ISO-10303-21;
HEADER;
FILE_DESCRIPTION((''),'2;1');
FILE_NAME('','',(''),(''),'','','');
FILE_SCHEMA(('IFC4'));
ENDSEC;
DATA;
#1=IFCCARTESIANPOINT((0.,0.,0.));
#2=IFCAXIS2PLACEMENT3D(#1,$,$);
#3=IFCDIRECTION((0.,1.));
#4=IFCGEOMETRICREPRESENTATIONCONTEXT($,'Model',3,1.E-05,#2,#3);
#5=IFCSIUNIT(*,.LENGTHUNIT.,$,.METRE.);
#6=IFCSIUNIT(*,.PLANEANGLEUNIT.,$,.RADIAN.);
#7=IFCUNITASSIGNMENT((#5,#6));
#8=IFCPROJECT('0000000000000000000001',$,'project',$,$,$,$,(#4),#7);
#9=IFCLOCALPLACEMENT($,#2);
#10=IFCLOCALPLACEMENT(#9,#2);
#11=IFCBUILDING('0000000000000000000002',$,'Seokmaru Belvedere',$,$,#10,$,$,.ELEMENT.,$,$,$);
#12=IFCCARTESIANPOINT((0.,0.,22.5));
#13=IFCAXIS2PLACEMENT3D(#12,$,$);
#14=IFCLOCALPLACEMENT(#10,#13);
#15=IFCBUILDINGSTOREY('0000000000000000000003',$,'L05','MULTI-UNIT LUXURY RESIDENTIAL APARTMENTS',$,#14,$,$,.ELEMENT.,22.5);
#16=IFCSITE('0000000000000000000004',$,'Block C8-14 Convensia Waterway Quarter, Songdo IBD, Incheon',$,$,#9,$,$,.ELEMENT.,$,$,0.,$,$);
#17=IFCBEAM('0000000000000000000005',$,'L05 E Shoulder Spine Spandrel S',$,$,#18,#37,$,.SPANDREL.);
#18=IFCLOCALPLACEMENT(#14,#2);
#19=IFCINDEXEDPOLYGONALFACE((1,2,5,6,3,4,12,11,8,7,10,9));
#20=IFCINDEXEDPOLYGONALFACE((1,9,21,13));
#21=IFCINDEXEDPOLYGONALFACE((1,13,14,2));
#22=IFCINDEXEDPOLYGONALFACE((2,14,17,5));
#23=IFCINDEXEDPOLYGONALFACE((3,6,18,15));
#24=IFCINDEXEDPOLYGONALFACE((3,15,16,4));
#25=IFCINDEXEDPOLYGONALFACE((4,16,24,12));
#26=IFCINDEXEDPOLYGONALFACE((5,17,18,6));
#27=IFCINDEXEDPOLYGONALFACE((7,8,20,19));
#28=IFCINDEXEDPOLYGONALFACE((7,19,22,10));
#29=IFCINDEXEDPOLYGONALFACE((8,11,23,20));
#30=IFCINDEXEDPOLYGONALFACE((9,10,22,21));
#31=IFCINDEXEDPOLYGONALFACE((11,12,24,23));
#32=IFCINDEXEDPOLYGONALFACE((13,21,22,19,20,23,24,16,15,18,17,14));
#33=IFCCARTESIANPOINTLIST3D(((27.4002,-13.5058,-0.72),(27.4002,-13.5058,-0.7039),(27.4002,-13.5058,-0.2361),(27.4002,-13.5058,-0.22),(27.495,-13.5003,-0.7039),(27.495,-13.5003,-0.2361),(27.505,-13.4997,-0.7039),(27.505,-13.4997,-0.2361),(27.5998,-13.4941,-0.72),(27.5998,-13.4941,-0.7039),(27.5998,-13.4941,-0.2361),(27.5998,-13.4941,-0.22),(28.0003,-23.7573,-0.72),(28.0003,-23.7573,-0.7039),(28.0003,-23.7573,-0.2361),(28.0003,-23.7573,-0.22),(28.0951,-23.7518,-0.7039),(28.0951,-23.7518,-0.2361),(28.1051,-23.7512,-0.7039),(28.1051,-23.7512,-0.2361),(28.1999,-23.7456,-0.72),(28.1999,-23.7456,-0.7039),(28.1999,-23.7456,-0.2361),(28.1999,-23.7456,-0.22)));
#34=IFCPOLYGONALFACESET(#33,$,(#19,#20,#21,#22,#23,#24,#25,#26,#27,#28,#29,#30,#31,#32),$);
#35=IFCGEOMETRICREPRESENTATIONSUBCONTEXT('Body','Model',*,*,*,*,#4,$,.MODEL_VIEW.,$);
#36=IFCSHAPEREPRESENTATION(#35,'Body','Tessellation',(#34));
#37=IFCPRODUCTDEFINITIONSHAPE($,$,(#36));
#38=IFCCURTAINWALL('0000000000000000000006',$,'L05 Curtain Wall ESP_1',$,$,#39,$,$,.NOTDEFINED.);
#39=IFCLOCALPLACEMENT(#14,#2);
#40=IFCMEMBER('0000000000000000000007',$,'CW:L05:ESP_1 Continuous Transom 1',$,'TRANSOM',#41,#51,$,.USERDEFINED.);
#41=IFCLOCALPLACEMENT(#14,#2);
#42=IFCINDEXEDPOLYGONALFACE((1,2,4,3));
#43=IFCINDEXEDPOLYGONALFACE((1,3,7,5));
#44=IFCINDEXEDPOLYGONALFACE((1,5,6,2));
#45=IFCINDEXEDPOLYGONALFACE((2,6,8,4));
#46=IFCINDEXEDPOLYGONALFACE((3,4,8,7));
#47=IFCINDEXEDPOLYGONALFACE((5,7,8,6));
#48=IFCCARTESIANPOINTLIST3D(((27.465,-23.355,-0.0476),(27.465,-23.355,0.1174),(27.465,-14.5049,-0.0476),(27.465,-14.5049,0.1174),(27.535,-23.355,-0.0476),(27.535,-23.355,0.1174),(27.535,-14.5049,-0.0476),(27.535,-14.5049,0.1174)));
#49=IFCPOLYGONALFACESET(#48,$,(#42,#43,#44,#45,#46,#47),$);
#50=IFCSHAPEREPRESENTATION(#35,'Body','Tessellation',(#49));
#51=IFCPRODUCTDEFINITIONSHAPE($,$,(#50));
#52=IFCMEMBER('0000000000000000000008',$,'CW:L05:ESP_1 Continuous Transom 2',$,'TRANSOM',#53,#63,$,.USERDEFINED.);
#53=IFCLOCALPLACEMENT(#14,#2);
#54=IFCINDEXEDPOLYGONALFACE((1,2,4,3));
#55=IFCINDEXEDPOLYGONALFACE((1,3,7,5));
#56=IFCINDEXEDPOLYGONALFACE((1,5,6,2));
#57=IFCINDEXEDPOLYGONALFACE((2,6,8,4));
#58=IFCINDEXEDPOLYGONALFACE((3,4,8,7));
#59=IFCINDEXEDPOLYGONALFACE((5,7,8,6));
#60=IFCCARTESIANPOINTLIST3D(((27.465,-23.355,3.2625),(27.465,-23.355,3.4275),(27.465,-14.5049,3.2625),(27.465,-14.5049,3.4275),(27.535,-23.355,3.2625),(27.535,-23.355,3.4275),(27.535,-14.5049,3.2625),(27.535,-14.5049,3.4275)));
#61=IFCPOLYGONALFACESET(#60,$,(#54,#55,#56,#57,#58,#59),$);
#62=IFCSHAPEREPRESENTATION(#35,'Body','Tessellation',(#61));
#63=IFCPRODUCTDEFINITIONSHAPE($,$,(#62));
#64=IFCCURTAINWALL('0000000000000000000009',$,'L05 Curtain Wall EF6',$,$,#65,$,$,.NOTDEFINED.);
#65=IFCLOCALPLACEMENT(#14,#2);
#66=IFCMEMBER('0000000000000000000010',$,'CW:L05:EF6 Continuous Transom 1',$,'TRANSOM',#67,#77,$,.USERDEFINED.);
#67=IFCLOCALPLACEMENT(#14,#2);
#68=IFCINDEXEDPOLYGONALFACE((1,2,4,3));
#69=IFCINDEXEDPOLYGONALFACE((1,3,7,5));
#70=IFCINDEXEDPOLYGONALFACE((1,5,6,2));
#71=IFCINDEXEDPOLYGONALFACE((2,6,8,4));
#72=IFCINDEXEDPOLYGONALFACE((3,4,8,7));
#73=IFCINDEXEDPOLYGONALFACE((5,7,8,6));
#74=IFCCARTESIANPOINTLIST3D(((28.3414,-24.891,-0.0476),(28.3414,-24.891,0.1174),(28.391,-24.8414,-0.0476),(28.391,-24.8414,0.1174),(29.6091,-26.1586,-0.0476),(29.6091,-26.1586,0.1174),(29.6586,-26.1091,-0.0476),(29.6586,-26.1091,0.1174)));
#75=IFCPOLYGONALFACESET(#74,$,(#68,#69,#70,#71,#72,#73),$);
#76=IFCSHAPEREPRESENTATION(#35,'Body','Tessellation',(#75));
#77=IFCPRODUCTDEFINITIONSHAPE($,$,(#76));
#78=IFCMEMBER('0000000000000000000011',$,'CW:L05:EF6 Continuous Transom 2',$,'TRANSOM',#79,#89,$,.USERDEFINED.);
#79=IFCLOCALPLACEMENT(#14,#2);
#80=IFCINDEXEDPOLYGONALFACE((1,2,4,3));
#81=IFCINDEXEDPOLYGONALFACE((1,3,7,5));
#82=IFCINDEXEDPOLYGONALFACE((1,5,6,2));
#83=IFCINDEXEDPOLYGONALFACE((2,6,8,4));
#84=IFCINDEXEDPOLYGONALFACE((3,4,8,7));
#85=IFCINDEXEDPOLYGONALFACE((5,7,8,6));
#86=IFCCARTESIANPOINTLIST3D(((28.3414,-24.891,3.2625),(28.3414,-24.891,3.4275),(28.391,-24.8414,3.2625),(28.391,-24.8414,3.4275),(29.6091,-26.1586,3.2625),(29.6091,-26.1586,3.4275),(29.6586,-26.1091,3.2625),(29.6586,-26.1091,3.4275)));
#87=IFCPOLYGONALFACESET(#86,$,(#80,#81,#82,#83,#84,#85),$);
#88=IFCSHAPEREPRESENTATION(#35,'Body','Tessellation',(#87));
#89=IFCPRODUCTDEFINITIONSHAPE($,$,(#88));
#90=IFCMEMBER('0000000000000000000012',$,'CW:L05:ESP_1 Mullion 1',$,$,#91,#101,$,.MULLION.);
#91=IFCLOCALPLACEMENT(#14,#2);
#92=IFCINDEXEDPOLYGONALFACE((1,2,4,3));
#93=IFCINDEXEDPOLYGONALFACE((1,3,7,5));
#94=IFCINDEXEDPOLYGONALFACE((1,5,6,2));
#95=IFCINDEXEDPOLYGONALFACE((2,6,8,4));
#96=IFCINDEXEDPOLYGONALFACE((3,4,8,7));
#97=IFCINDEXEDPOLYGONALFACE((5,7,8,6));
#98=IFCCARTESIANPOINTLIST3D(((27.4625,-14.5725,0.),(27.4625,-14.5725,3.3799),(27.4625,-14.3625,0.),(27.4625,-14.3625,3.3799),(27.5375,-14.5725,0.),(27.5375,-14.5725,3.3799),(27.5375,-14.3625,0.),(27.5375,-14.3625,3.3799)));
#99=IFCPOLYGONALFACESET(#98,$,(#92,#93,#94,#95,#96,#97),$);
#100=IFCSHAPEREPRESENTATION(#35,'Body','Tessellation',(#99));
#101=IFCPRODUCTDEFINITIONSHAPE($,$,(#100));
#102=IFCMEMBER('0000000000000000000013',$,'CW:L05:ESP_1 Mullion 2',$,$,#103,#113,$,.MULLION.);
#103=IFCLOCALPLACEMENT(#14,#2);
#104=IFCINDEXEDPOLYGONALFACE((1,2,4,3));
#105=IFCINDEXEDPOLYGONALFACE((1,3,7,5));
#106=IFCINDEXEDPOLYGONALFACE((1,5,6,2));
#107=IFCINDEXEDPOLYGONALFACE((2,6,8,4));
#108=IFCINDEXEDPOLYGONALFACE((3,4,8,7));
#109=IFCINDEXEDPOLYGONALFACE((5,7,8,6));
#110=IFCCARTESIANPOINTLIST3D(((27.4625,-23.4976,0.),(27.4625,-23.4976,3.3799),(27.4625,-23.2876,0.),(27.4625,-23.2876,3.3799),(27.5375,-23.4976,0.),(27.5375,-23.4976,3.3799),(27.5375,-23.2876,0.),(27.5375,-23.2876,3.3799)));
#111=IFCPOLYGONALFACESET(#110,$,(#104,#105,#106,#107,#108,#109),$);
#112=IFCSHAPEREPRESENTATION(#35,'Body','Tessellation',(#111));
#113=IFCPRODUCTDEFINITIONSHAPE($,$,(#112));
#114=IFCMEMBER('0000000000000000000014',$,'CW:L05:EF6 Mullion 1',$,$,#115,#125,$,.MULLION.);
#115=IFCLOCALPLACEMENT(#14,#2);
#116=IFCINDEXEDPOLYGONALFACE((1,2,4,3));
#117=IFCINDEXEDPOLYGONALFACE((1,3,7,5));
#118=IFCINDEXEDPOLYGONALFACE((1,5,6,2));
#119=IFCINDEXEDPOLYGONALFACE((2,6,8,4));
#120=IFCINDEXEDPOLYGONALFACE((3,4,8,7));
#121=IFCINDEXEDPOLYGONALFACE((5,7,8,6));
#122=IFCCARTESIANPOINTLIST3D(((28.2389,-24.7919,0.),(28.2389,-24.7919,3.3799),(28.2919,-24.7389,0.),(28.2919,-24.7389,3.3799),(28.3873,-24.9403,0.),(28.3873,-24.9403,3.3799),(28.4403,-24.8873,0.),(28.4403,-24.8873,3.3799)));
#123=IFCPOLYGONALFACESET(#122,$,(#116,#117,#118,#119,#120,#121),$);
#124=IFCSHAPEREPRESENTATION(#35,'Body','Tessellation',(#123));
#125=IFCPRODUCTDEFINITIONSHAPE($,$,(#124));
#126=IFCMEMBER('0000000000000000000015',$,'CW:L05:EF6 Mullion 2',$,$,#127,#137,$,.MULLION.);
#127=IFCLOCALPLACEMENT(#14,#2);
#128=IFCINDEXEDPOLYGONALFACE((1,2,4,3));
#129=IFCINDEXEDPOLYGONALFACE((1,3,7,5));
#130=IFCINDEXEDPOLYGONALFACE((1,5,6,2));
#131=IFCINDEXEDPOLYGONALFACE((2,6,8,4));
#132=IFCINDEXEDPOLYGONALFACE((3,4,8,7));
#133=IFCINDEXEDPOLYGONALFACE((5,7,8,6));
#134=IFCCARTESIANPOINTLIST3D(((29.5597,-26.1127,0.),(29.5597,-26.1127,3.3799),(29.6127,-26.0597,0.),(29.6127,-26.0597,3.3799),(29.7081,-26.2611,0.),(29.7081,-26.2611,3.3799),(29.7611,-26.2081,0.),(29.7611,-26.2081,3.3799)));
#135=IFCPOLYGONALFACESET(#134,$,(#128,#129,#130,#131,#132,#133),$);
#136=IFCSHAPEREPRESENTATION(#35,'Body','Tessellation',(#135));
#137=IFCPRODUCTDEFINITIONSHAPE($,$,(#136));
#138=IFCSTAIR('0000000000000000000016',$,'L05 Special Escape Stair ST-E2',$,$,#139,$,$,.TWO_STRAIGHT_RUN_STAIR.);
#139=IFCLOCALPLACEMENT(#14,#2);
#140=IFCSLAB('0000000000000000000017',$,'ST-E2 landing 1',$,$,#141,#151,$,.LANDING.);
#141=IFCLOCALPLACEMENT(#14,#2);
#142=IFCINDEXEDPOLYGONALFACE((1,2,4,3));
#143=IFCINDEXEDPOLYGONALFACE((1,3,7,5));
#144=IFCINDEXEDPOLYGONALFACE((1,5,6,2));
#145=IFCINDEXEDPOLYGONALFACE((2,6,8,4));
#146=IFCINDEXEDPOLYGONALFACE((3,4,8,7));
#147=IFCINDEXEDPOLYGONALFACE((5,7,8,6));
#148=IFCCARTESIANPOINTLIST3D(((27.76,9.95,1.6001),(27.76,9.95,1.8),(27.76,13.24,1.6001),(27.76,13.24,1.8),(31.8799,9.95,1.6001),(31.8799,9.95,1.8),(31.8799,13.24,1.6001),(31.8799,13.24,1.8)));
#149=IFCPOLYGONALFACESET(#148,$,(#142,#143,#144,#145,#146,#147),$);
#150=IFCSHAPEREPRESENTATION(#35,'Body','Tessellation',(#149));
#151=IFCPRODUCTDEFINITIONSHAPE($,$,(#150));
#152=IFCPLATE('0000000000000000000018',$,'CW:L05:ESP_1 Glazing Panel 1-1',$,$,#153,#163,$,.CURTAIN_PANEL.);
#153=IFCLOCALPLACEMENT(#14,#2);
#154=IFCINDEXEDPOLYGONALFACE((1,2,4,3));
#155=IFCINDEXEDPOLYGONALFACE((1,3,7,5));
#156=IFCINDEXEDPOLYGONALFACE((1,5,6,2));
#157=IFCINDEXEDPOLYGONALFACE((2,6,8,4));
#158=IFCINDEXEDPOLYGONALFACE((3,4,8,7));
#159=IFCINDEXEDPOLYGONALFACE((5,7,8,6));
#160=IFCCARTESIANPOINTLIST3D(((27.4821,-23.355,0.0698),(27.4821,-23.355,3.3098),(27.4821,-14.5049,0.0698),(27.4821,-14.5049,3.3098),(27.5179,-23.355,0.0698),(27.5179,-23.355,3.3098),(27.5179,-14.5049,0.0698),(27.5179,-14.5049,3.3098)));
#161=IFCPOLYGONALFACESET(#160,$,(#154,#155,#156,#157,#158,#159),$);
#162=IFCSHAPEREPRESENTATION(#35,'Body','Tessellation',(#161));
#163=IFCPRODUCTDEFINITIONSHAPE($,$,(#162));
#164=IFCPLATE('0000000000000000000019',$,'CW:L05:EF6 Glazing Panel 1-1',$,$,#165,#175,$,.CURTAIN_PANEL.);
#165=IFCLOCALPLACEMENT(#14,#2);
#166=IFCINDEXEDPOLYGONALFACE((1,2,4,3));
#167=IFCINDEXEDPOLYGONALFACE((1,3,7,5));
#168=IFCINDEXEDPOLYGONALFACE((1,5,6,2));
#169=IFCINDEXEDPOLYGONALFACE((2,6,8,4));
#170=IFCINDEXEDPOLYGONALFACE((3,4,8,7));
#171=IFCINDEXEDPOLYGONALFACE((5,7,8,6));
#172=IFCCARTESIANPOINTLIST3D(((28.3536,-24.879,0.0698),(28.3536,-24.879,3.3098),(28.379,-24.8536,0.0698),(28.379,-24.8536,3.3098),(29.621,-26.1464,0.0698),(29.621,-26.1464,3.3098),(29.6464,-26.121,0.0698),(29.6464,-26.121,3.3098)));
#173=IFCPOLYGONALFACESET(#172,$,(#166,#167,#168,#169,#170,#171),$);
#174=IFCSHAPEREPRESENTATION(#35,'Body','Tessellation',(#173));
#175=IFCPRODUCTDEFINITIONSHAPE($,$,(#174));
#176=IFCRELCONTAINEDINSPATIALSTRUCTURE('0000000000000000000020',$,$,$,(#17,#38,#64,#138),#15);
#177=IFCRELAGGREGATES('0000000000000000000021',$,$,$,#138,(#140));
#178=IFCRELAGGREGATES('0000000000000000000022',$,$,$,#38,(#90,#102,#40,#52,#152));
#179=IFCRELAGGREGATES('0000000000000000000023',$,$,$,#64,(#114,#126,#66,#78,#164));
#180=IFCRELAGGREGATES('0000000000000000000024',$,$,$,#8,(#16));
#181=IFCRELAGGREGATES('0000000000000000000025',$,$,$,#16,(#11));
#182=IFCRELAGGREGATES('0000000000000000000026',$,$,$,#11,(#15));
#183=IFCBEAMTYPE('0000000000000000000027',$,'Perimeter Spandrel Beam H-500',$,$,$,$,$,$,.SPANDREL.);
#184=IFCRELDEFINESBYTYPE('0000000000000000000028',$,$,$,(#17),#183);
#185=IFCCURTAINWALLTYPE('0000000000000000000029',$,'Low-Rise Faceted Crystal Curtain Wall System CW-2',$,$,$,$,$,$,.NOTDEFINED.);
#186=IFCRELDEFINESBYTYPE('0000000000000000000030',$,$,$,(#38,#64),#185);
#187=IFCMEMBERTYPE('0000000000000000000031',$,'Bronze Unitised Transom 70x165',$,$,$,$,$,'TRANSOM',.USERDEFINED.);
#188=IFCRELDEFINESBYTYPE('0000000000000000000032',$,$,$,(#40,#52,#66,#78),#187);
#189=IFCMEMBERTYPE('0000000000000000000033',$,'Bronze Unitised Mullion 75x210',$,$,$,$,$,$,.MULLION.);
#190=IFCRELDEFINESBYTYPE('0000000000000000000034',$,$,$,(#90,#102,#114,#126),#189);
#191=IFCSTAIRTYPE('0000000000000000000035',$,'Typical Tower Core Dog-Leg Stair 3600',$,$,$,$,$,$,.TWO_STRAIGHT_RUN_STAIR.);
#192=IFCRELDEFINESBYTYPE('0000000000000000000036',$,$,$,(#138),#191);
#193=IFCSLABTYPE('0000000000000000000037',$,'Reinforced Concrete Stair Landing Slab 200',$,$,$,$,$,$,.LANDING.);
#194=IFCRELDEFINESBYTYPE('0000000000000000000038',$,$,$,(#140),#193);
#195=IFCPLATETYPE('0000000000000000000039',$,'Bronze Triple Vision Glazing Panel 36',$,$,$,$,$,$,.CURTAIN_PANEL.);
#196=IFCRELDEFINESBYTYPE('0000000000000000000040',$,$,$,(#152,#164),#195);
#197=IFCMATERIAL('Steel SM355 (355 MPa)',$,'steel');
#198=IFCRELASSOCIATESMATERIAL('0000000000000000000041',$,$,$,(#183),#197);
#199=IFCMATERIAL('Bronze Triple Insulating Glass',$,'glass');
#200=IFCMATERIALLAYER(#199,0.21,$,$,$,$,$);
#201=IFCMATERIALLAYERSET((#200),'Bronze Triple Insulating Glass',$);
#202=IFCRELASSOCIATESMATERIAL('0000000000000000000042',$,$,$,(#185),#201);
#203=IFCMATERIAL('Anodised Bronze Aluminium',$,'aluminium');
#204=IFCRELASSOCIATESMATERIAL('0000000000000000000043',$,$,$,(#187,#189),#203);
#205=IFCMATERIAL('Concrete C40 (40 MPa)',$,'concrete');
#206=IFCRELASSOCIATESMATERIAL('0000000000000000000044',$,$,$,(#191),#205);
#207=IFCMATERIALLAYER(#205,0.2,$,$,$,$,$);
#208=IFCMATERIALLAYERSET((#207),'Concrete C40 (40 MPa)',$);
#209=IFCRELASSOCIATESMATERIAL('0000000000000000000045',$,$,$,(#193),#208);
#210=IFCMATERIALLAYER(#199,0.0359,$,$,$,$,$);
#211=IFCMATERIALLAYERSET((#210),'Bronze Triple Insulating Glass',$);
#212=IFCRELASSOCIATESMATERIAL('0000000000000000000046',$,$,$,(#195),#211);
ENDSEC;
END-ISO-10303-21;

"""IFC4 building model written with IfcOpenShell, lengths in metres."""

from ifc_helpers import new_model, si_unit, direction, frame, origin, origin_2d, place, context, subcontext, project, spatial, polyline, rectangle, i_section, outline, extrude, source, transform, mapped, material, layer, layer_set, material_profile, profile_set, type_object, type_shapes, element, aggregate, save


model = new_model("IFC4")

# Units and contexts
model_context = context("Model", 3, precision=1e-05, world=origin(), true_north=direction((0.0, 1.0)))
body_context = subcontext(model_context, "Body", "Model", "MODEL_VIEW")
ifc_project = project(units=[si_unit("LENGTHUNIT", "METRE"), si_unit("PLANEANGLEUNIT", "RADIAN")], contexts=[model_context])

# Site, building, storey
site_placement = place(None, origin())
site = spatial("IfcSite", under=ifc_project, at=site_placement, Name="Block C8-14 Convensia Waterway Quarter, Songdo IBD, Incheon", CompositionType="ELEMENT", RefElevation=0.0)
building_placement = place(site_placement, origin())
building = spatial("IfcBuilding", under=site, at=building_placement, Name="Seokmaru Belvedere", CompositionType="ELEMENT")
storey_placement = place(building_placement, frame((0.0, 0.0, 22.5)))
storey = spatial("IfcBuildingStorey", under=building, at=storey_placement, Name="L05", Description="MULTI-UNIT LUXURY RESIDENTIAL APARTMENTS", CompositionType="ELEMENT", Elevation=22.5)

# Shared definitions
ifc_material_1 = material(Name="Steel SM355 (355 MPa)", Category="steel")

# Beam
ifc_material_profile_1 = material_profile(ifc_material_1, i_section(OverallWidth=0.2, OverallDepth=0.5, WebThickness=0.01, FlangeThickness=0.0161, at=origin_2d()), Name="H-500x200x10x16")
ifc_profile_set_1 = profile_set([ifc_material_profile_1], Name="Steel SM355 (355 MPa)")
beam_type_1 = type_object("IfcBeamType", Name="Perimeter Spandrel Beam H-500", PredefinedType="SPANDREL", material=ifc_profile_set_1)
shared_shape_1 = source(origin(), body_context, "Body", "SweptSolid", [
    extrude(i_section(OverallWidth=0.2, OverallDepth=0.5, WebThickness=0.01, FlangeThickness=0.0161, at=origin_2d()), origin(), (0.0, 0.0, 1.0), 10.269),
])
beam_1_placement = place(storey_placement, frame((28.1001, -23.7515, -0.47), z_axis=(-0.058438, 0.998291, 0.0), x_axis=(-0.998291, -0.058438, 0.0)))
element("IfcBeam", 1, at=beam_1_placement, inside=storey, type_object=beam_type_1, Name="L05 E Shoulder Spine Spandrel S", PredefinedType="SPANDREL", context=body_context, shape_type="MappedRepresentation", body=[
    mapped(shared_shape_1, transform((0.0, 0.0, 0.0), scale=1.0)),
])

# Curtain walls, members
ifc_material_2 = material(Name="Bronze Triple Insulating Glass", Category="glass")
ifc_layer_1 = layer(ifc_material_2, 0.21)
ifc_layer_set_1 = layer_set([ifc_layer_1], Name="Bronze Triple Insulating Glass")
curtain_wall_type = type_object("IfcCurtainWallType", Name="Low-Rise Faceted Crystal Curtain Wall System CW-2", PredefinedType="NOTDEFINED", material=ifc_layer_set_1)
curtain_wall_1_placement = place(storey_placement, origin())
curtain_wall_1 = element("IfcCurtainWall", 2, at=curtain_wall_1_placement, inside=storey, type_object=curtain_wall_type, Name="L05 Curtain Wall ESP_1", PredefinedType="NOTDEFINED")
ifc_material_3 = material(Name="Anodised Bronze Aluminium", Category="aluminium")
ifc_material_profile_2 = material_profile(ifc_material_3, rectangle(XDim=0.0701, YDim=0.165, at=origin_2d()), Name="CW-T-70x165")
ifc_profile_set_2 = profile_set([ifc_material_profile_2], Name="Anodised Bronze Aluminium")
member_type_1 = type_object("IfcMemberType", Name="Bronze Unitised Transom 70x165", ElementType="TRANSOM", PredefinedType="USERDEFINED", material=ifc_profile_set_2)
shared_shape_2 = source(origin(), body_context, "Body", "SweptSolid", [
    extrude(rectangle(XDim=0.0701, YDim=0.165, at=origin_2d()), origin(), (0.0, 0.0, 1.0), 8.8501),
])
member_1_placement = place(storey_placement, frame((27.5, -14.5049, 0.0349), z_axis=(0.0, -1.0, 0.0), x_axis=(1.0, 0.0, 0.0)))
member_1 = element("IfcMember", 3, at=member_1_placement, type_object=member_type_1, Name="CW:L05:ESP_1 Continuous Transom 1", ObjectType="TRANSOM", PredefinedType="USERDEFINED", context=body_context, shape_type="MappedRepresentation", body=[
    mapped(shared_shape_2, transform((0.0, 0.0, 0.0), scale=1.0)),
])
member_2_placement = place(storey_placement, frame((27.5, -14.5049, 3.345), z_axis=(0.0, -1.0, 0.0), x_axis=(1.0, 0.0, 0.0)))
member_2 = element("IfcMember", 4, at=member_2_placement, type_object=member_type_1, Name="CW:L05:ESP_1 Continuous Transom 2", ObjectType="TRANSOM", PredefinedType="USERDEFINED", context=body_context, shape_type="MappedRepresentation", body=[
    mapped(shared_shape_2, transform((0.0, 0.0, 0.0), scale=1.0)),
])
curtain_wall_2_placement = place(storey_placement, origin())
curtain_wall_2 = element("IfcCurtainWall", 5, at=curtain_wall_2_placement, inside=storey, type_object=curtain_wall_type, Name="L05 Curtain Wall EF6", PredefinedType="NOTDEFINED")
shared_shape_3 = source(origin(), body_context, "Body", "SweptSolid", [
    extrude(rectangle(XDim=0.0701, YDim=0.165, at=origin_2d()), origin(), (0.0, 0.0, 1.0), 1.7927),
])
type_shapes(member_type_1, [shared_shape_2, shared_shape_3])
member_3_placement = place(storey_placement, frame((28.3662, -24.8662, 0.0349), z_axis=(0.707107, -0.707107, 0.0), x_axis=(0.707107, 0.707107, 0.0)))
member_3 = element("IfcMember", 6, at=member_3_placement, type_object=member_type_1, Name="CW:L05:EF6 Continuous Transom 1", ObjectType="TRANSOM", PredefinedType="USERDEFINED", context=body_context, shape_type="MappedRepresentation", body=[
    mapped(shared_shape_3, transform((0.0, 0.0, 0.0), scale=1.0)),
])
member_4_placement = place(storey_placement, frame((28.3662, -24.8662, 3.345), z_axis=(0.707107, -0.707107, 0.0), x_axis=(0.707107, 0.707107, 0.0)))
member_4 = element("IfcMember", 7, at=member_4_placement, type_object=member_type_1, Name="CW:L05:EF6 Continuous Transom 2", ObjectType="TRANSOM", PredefinedType="USERDEFINED", context=body_context, shape_type="MappedRepresentation", body=[
    mapped(shared_shape_3, transform((0.0, 0.0, 0.0), scale=1.0)),
])

# Members
ifc_material_profile_3 = material_profile(ifc_material_3, rectangle(XDim=0.075, YDim=0.21, at=origin_2d()), Name="CW-M-75x210")
ifc_profile_set_3 = profile_set([ifc_material_profile_3], Name="Anodised Bronze Aluminium")
member_type_2 = type_object("IfcMemberType", Name="Bronze Unitised Mullion 75x210", PredefinedType="MULLION", material=ifc_profile_set_3)
shared_shape_4 = source(origin(), body_context, "Body", "SweptSolid", [
    extrude(rectangle(XDim=0.075, YDim=0.21, at=origin_2d()), origin(), (0.0, 0.0, 1.0), 3.3799),
])
type_shapes(member_type_2, [shared_shape_4])
member_5_placement = place(storey_placement, frame((27.5, -14.4675, 0.0), z_axis=(0.0, 0.0, 1.0), x_axis=(1.0, 0.0, 0.0)))
member_5 = element("IfcMember", 8, at=member_5_placement, type_object=member_type_2, Name="CW:L05:ESP_1 Mullion 1", PredefinedType="MULLION", context=body_context, shape_type="MappedRepresentation", body=[
    mapped(shared_shape_4, transform((0.0, 0.0, 0.0), scale=1.0)),
])
member_6_placement = place(storey_placement, frame((27.5, -23.3926, 0.0), z_axis=(0.0, 0.0, 1.0), x_axis=(1.0, 0.0, 0.0)))
member_6 = element("IfcMember", 9, at=member_6_placement, type_object=member_type_2, Name="CW:L05:ESP_1 Mullion 2", PredefinedType="MULLION", context=body_context, shape_type="MappedRepresentation", body=[
    mapped(shared_shape_4, transform((0.0, 0.0, 0.0), scale=1.0)),
])
member_7_placement = place(storey_placement, frame((28.3396, -24.8396, 0.0), z_axis=(0.0, 0.0, 1.0), x_axis=(0.707107, 0.707107, 0.0)))
member_7 = element("IfcMember", 10, at=member_7_placement, type_object=member_type_2, Name="CW:L05:EF6 Mullion 1", PredefinedType="MULLION", context=body_context, shape_type="MappedRepresentation", body=[
    mapped(shared_shape_4, transform((0.0, 0.0, 0.0), scale=1.0)),
])
member_8_placement = place(storey_placement, frame((29.6604, -26.1604, 0.0), z_axis=(0.0, 0.0, 1.0), x_axis=(0.707107, 0.707107, 0.0)))
member_8 = element("IfcMember", 11, at=member_8_placement, type_object=member_type_2, Name="CW:L05:EF6 Mullion 2", PredefinedType="MULLION", context=body_context, shape_type="MappedRepresentation", body=[
    mapped(shared_shape_4, transform((0.0, 0.0, 0.0), scale=1.0)),
])

# Stair, slab
ifc_material_4 = material(Name="Concrete C40 (40 MPa)", Category="concrete")
stair_type = type_object("IfcStairType", Name="Typical Tower Core Dog-Leg Stair 3600", PredefinedType="TWO_STRAIGHT_RUN_STAIR", material=ifc_material_4)
stair_placement = place(storey_placement, origin())
stair = element("IfcStair", 12, at=stair_placement, inside=storey, type_object=stair_type, Name="L05 Special Escape Stair ST-E2", PredefinedType="TWO_STRAIGHT_RUN_STAIR")
ifc_layer_2 = layer(ifc_material_4, 0.2)
ifc_layer_set_2 = layer_set([ifc_layer_2], Name="Concrete C40 (40 MPa)")
slab_type = type_object("IfcSlabType", Name="Reinforced Concrete Stair Landing Slab 200", PredefinedType="LANDING", material=ifc_layer_set_2)
slab_placement = place(storey_placement, frame((0.0, 0.0, 1.6001)))
slab = element("IfcSlab", 13, at=slab_placement, type_object=slab_type, Name="ST-E2 landing 1", PredefinedType="LANDING", context=body_context, shape_type="SweptSolid", body=[
    extrude(outline(polyline([(27.76, 9.95), (31.8799, 9.95), (31.8799, 13.24), (27.76, 13.24), (27.76, 9.95)])), origin(), (0.0, 0.0, 1.0), 0.2),
])
aggregate(stair, [slab])

# Plates
ifc_layer_3 = layer(ifc_material_2, 0.0359)
ifc_layer_set_3 = layer_set([ifc_layer_3], Name="Bronze Triple Insulating Glass")
plate_type = type_object("IfcPlateType", Name="Bronze Triple Vision Glazing Panel 36", PredefinedType="CURTAIN_PANEL", material=ifc_layer_set_3)
shared_shape_5 = source(origin(), body_context, "Body", "SweptSolid", [
    extrude(rectangle(XDim=8.8501, YDim=0.0359, at=origin_2d()), origin(), (0.0, 0.0, 1.0), 3.24),
])
plate_1_placement = place(storey_placement, frame((27.5, -18.9299, 0.0698), z_axis=(0.0, 0.0, 1.0), x_axis=(0.0, -1.0, 0.0)))
plate_1 = element("IfcPlate", 14, at=plate_1_placement, type_object=plate_type, Name="CW:L05:ESP_1 Glazing Panel 1-1", PredefinedType="CURTAIN_PANEL", context=body_context, shape_type="MappedRepresentation", body=[
    mapped(shared_shape_5, transform((0.0, 0.0, 0.0), scale=1.0)),
])
aggregate(curtain_wall_1, [member_5, member_6, member_1, member_2, plate_1])
shared_shape_6 = source(origin(), body_context, "Body", "SweptSolid", [
    extrude(rectangle(XDim=1.7925, YDim=0.0359, at=origin_2d()), origin(), (0.0, 0.0, 1.0), 3.24),
])
type_shapes(plate_type, [shared_shape_5, shared_shape_6])
plate_2_placement = place(storey_placement, frame((29.0, -25.5, 0.0698), z_axis=(0.0, 0.0, 1.0), x_axis=(0.707107, -0.707107, 0.0)))
plate_2 = element("IfcPlate", 15, at=plate_2_placement, type_object=plate_type, Name="CW:L05:EF6 Glazing Panel 1-1", PredefinedType="CURTAIN_PANEL", context=body_context, shape_type="MappedRepresentation", body=[
    mapped(shared_shape_6, transform((0.0, 0.0, 0.0), scale=1.0)),
])
aggregate(curtain_wall_2, [member_7, member_8, member_3, member_4, plate_2])

save(model, "model.ifc")
